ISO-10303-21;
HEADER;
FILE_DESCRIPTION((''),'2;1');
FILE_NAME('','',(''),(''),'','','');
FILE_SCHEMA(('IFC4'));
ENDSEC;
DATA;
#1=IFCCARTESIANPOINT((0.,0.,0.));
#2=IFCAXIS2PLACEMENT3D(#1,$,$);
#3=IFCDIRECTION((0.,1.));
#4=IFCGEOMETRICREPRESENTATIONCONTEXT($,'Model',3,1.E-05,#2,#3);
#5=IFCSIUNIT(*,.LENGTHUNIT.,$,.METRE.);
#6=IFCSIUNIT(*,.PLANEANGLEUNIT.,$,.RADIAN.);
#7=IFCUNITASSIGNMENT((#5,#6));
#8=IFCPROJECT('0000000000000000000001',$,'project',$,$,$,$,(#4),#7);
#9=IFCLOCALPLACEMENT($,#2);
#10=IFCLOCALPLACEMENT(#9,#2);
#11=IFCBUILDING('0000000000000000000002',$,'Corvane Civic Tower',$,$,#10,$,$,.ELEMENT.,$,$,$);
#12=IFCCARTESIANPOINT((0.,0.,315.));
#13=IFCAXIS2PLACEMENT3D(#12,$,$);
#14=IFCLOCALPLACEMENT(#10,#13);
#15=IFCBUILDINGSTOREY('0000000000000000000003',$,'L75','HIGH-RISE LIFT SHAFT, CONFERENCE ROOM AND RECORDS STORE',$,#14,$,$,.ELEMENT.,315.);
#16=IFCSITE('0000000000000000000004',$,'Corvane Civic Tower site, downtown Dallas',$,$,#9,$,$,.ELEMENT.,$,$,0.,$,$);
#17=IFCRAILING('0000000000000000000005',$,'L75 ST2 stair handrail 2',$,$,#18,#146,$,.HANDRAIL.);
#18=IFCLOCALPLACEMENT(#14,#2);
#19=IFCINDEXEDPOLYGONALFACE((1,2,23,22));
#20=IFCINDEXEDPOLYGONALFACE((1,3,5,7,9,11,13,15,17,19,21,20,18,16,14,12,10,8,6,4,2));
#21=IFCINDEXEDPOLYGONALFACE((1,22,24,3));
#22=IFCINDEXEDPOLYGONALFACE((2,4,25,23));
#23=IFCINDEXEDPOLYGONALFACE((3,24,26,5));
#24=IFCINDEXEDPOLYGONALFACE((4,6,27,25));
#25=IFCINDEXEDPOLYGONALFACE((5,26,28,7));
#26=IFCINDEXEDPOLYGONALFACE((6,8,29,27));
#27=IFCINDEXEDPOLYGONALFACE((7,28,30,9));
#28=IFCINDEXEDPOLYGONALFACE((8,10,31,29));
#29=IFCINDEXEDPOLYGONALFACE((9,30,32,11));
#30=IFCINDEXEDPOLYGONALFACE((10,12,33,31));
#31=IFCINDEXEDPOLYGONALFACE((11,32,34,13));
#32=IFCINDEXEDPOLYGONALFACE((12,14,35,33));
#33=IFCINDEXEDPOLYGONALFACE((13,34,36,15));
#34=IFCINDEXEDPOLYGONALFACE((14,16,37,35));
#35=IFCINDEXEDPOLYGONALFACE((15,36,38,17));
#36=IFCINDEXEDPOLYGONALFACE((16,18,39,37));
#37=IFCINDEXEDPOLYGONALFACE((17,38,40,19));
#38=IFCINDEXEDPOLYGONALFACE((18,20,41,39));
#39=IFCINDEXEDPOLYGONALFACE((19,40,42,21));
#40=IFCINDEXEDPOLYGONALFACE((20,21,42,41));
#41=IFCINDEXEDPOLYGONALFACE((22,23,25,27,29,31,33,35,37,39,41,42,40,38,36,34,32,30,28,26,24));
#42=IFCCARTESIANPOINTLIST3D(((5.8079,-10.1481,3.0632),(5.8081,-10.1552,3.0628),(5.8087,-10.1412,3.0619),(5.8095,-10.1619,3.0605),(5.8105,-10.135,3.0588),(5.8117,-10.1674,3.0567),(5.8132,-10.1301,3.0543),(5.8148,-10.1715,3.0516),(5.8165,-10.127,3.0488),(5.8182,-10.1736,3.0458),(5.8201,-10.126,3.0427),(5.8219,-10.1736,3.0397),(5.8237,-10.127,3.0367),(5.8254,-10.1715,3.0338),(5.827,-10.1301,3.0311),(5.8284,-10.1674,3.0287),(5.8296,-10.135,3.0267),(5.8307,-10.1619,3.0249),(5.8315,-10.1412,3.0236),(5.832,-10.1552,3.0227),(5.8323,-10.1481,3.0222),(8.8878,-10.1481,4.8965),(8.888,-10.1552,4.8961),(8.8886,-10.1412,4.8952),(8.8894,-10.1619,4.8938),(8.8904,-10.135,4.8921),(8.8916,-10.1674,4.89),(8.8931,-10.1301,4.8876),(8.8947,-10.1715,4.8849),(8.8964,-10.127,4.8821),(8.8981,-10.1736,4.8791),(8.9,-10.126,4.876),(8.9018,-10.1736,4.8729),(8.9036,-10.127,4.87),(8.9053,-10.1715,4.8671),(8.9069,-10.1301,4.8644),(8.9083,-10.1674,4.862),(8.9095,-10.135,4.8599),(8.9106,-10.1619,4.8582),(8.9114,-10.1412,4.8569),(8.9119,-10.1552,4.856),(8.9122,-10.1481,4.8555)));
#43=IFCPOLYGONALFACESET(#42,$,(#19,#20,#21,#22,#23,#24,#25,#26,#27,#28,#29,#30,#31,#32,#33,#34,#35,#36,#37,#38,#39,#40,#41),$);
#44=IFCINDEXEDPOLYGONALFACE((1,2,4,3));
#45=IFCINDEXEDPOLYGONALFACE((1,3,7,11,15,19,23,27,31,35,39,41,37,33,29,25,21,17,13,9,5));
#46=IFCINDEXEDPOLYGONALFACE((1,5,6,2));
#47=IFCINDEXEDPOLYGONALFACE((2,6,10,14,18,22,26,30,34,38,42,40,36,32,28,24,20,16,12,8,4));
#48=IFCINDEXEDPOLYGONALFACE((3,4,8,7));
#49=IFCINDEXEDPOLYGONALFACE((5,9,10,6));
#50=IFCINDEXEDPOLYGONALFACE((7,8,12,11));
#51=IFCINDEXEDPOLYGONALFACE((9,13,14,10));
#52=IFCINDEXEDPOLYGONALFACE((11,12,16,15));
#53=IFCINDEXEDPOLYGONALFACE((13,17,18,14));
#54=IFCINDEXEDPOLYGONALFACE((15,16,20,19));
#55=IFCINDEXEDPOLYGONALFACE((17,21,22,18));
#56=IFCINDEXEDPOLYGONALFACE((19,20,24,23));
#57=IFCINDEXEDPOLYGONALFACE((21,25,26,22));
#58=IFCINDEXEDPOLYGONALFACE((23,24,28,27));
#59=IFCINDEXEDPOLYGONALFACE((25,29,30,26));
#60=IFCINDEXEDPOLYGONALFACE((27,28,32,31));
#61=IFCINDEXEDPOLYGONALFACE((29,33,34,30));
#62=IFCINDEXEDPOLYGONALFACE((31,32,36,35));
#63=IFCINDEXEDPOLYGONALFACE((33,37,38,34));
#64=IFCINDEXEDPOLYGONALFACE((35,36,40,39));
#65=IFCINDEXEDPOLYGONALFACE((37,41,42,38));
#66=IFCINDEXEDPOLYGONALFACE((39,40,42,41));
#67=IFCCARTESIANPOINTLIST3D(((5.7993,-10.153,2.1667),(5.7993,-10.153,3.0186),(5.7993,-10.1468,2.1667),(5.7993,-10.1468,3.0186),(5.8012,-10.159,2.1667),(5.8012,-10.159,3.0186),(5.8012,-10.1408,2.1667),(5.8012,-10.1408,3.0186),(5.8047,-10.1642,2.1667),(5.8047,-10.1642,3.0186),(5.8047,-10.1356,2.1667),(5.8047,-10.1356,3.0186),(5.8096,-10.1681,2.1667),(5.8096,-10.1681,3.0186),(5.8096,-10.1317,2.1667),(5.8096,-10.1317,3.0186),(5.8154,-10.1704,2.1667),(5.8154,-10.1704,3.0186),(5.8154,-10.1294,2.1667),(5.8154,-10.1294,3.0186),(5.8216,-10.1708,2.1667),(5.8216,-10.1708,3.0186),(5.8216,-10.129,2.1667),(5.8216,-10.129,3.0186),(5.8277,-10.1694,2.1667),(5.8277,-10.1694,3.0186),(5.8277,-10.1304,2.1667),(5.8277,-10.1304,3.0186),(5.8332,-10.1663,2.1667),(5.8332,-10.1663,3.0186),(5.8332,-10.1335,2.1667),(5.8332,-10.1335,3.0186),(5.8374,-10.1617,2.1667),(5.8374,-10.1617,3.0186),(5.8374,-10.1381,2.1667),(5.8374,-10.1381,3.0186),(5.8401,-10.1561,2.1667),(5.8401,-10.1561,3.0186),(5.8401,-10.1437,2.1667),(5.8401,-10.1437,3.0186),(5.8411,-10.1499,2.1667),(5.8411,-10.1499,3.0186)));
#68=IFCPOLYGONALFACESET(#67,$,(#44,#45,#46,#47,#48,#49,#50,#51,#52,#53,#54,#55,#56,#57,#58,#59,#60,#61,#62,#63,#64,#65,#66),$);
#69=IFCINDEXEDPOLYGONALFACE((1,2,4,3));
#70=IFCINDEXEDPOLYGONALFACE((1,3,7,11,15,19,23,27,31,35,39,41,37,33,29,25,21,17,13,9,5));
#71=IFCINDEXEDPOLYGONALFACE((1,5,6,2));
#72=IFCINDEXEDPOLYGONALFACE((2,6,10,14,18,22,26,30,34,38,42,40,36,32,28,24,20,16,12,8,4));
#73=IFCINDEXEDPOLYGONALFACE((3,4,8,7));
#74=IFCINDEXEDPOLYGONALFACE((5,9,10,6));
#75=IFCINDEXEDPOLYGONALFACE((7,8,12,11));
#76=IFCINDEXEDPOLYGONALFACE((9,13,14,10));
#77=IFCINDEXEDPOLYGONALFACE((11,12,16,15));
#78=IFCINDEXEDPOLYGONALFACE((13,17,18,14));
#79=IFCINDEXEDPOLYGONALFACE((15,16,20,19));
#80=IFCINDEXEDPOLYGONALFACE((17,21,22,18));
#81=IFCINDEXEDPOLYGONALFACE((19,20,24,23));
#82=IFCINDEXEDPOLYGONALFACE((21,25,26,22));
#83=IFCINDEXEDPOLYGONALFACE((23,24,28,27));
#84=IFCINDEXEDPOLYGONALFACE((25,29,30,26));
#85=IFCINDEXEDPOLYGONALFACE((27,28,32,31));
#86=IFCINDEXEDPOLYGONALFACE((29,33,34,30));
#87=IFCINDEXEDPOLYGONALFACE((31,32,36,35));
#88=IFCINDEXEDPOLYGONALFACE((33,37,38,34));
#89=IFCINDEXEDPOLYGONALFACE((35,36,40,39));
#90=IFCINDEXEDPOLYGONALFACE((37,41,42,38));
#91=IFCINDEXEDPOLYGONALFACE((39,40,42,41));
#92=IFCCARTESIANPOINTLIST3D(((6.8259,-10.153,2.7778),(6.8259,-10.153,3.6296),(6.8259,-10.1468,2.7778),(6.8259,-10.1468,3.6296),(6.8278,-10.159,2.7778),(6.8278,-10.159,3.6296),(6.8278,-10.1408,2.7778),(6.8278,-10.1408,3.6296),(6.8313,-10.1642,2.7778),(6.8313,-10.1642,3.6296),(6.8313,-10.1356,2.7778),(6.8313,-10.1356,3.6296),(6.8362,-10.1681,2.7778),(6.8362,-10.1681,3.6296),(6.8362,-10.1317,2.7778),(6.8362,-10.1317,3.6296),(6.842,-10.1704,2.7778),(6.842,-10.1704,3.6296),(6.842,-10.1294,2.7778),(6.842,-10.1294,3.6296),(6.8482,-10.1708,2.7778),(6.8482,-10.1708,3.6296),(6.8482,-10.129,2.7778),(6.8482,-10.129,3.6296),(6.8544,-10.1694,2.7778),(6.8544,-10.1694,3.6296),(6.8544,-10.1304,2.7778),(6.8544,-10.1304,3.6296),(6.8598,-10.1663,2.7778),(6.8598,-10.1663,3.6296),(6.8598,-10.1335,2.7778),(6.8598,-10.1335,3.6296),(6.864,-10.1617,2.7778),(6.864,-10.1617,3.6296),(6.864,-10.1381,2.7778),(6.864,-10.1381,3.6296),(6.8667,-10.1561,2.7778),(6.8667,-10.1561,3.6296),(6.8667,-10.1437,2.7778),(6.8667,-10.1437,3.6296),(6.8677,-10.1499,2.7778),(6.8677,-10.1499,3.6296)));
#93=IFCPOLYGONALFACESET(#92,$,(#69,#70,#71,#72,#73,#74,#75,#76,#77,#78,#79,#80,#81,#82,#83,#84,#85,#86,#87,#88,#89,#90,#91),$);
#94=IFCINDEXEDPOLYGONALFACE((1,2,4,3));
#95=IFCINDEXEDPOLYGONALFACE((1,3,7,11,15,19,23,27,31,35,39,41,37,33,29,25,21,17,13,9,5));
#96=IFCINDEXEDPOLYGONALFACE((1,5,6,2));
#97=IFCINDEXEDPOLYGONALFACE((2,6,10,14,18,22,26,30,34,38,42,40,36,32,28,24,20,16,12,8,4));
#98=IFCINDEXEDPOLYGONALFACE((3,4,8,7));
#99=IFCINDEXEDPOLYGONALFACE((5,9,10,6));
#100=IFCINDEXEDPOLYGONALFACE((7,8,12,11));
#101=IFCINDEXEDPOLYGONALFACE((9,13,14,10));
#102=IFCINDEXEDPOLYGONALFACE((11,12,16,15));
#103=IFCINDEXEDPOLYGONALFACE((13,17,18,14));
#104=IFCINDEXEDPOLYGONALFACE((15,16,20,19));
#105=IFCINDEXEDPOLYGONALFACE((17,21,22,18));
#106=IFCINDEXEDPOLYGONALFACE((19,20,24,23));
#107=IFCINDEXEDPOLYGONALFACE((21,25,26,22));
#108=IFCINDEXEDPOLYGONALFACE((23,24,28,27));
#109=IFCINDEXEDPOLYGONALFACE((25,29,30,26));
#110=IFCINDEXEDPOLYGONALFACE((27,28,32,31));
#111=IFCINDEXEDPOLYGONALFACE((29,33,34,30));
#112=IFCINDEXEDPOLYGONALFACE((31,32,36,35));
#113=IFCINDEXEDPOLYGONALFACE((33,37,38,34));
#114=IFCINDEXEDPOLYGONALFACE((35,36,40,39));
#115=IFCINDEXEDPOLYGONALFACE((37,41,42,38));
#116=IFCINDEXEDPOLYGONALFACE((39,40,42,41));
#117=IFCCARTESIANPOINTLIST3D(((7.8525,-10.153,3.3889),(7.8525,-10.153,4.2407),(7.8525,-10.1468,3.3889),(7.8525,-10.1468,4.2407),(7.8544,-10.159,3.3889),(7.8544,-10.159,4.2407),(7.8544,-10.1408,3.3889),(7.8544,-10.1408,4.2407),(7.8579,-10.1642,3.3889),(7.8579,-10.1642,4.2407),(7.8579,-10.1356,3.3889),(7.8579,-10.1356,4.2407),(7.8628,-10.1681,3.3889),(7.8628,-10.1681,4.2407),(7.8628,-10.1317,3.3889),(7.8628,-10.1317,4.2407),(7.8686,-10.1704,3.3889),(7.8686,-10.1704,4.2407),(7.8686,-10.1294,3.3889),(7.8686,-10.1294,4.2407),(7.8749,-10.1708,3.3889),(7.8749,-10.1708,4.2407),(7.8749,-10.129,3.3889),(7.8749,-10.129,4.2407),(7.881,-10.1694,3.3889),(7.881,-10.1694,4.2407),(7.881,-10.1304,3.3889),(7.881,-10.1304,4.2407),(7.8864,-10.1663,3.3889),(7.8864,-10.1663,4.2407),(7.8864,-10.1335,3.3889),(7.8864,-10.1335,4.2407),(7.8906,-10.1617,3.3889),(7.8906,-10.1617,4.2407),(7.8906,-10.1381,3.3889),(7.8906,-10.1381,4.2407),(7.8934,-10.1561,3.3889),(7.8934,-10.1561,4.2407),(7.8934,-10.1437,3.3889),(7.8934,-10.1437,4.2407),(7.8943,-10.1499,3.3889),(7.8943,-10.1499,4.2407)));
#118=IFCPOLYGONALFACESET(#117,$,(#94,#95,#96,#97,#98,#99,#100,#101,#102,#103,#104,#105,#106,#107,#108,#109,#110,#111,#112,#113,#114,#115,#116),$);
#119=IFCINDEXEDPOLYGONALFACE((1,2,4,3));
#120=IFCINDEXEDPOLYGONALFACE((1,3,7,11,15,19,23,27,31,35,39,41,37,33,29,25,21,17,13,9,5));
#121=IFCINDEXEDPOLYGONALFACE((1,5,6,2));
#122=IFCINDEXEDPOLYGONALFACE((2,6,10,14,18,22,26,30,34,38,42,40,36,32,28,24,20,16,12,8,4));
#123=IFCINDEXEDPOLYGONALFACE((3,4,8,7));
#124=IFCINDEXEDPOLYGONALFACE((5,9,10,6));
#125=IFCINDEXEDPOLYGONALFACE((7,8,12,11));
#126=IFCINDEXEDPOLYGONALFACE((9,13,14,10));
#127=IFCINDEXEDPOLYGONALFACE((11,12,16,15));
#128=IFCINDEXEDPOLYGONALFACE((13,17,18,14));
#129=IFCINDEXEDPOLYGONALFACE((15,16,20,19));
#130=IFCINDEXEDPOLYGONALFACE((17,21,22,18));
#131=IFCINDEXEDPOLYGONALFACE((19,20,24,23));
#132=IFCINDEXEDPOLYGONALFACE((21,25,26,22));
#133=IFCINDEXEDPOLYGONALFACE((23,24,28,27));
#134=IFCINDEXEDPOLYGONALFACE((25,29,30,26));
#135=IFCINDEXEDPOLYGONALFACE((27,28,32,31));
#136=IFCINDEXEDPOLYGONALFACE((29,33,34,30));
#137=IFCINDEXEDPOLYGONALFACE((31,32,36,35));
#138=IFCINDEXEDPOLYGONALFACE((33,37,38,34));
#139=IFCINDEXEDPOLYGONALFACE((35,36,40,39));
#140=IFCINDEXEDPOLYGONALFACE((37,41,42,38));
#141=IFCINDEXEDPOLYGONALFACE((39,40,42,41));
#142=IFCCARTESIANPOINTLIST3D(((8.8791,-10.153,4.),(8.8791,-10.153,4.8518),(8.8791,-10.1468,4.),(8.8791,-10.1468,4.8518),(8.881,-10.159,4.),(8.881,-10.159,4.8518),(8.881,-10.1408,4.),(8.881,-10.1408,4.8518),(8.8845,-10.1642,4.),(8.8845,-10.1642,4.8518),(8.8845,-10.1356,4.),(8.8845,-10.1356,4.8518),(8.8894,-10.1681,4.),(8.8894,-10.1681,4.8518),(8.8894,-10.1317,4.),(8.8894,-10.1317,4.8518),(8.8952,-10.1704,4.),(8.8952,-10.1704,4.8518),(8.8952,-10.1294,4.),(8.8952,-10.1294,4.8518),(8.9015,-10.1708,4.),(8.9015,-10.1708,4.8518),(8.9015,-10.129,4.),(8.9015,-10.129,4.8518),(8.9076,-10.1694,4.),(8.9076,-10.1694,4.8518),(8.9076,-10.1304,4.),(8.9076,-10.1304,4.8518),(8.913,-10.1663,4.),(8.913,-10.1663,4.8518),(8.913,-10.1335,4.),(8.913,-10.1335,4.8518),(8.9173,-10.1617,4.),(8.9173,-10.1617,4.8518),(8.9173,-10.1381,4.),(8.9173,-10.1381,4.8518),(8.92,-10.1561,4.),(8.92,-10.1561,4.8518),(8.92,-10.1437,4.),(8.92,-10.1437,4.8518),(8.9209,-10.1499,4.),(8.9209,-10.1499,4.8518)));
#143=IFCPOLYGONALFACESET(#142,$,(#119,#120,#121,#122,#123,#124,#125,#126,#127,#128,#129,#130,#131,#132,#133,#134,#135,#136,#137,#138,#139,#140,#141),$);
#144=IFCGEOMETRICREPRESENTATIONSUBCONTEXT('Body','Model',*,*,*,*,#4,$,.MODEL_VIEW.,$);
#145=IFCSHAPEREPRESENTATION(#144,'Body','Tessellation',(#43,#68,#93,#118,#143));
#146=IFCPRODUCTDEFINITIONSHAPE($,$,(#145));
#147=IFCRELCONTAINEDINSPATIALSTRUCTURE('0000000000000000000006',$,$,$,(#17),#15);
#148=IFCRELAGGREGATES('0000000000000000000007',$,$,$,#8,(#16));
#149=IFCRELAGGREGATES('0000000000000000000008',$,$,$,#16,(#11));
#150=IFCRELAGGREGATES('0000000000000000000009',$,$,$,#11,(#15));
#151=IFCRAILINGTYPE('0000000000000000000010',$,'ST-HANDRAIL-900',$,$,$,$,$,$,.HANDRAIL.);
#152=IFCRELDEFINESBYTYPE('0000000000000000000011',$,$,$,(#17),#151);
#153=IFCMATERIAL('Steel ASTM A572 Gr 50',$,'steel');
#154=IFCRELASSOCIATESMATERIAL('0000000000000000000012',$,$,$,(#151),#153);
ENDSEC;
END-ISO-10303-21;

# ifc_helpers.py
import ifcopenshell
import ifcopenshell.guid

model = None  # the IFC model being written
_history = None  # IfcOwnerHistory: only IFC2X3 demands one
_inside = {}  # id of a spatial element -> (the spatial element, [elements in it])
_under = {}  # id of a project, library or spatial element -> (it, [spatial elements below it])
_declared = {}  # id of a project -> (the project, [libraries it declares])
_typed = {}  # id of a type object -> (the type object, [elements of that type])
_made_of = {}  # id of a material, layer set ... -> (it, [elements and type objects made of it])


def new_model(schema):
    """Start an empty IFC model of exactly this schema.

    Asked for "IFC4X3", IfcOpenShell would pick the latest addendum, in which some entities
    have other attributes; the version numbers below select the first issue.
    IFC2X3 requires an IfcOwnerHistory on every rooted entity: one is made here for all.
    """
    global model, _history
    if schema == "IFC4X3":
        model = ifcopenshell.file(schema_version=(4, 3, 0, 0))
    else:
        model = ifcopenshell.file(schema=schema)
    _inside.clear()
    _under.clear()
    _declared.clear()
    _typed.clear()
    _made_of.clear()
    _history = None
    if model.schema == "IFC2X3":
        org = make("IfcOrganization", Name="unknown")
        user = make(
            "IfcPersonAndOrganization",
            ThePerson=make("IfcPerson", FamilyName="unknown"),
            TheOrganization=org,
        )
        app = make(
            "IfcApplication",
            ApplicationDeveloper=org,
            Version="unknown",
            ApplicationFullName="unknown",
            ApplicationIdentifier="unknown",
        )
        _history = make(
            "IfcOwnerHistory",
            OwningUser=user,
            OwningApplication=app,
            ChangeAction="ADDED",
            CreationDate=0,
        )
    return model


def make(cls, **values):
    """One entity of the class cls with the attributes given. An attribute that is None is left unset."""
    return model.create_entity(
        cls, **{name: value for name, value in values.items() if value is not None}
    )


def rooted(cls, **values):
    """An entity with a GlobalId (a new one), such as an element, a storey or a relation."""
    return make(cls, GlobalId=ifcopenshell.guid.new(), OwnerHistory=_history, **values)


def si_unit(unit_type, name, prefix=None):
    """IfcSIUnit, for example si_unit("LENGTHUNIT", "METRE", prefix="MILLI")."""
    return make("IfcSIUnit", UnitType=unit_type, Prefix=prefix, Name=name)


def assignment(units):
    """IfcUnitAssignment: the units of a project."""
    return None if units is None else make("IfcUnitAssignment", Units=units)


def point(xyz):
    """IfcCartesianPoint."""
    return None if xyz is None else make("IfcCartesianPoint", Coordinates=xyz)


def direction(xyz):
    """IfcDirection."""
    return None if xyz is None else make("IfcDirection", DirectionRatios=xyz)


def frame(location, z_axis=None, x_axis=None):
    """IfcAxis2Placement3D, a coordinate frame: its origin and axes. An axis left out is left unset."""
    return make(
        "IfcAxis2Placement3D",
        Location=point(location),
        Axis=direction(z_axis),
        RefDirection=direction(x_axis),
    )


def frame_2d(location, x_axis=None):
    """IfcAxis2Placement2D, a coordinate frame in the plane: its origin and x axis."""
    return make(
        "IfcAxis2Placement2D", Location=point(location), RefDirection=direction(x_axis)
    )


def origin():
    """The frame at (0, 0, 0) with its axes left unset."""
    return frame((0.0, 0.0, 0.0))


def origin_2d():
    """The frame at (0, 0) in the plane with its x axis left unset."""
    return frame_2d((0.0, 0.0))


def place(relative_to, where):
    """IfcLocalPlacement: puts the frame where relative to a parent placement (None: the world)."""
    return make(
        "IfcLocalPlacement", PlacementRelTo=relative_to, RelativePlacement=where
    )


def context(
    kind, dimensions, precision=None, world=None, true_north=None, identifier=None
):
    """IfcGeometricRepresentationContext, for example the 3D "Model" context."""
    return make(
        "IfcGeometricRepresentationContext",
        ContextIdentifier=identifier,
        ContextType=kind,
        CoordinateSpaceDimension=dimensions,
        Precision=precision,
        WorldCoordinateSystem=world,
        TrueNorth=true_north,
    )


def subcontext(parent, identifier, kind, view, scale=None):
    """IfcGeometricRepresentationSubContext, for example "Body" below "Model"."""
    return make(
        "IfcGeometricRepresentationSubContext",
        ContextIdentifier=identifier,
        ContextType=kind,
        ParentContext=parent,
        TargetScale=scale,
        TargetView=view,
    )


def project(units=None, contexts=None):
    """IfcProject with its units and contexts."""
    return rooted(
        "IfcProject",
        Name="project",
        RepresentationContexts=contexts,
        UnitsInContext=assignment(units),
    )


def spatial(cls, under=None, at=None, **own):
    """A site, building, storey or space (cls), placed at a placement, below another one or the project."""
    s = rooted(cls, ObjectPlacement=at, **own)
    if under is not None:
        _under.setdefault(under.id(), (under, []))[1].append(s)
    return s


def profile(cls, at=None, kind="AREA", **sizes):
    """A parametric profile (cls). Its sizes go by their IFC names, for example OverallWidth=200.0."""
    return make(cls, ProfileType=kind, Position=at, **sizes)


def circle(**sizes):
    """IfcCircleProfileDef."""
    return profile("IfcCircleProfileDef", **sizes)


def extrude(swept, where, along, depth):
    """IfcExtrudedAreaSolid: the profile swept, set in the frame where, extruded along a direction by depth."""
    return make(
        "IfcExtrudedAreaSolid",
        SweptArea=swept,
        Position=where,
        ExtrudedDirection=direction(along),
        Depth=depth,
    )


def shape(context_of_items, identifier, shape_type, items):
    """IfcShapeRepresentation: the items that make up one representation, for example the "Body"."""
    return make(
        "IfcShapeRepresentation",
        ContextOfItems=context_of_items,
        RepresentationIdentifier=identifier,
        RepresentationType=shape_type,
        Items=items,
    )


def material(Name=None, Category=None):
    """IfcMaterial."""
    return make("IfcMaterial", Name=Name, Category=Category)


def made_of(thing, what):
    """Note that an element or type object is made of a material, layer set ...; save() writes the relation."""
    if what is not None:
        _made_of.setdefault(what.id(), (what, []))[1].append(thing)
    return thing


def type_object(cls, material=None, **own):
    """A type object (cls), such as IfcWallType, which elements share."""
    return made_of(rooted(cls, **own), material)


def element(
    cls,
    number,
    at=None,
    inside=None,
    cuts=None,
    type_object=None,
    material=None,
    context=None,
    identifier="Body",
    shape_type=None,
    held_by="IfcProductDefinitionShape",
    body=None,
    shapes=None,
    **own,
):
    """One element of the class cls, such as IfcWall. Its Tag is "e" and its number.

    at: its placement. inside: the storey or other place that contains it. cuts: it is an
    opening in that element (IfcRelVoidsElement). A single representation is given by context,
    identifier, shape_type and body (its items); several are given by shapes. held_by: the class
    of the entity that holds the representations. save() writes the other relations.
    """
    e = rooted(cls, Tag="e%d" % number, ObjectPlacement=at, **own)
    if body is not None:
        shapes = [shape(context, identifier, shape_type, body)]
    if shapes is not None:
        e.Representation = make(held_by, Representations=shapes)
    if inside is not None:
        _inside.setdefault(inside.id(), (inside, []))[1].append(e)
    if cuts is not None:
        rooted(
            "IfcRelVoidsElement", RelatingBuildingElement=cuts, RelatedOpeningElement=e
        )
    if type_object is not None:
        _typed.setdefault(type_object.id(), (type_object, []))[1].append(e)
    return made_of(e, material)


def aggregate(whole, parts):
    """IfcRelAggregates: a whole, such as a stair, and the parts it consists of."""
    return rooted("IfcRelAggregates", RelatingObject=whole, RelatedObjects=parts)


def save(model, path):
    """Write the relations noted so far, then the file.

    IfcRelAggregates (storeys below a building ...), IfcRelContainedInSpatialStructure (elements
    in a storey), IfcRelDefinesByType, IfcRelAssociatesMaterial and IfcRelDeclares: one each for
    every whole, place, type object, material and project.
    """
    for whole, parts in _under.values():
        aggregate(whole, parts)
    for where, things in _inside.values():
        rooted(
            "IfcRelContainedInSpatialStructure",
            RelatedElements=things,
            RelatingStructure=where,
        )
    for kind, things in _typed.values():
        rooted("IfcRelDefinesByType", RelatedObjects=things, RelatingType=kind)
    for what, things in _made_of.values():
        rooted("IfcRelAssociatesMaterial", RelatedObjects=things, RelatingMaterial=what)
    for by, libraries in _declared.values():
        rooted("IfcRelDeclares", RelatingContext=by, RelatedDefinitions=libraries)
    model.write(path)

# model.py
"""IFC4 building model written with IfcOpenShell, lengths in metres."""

from ifc_helpers import new_model, si_unit, direction, frame, origin, origin_2d, place, context, subcontext, project, spatial, circle, extrude, material, type_object, element, save


model = new_model("IFC4")

# Units and contexts
model_context = context("Model", 3, precision=1e-05, world=origin(), true_north=direction((0.0, 1.0)))
body_context = subcontext(model_context, "Body", "Model", "MODEL_VIEW")
ifc_project = project(units=[si_unit("LENGTHUNIT", "METRE"), si_unit("PLANEANGLEUNIT", "RADIAN")], contexts=[model_context])

# Site, building, storey
site_placement = place(None, origin())
site = spatial("IfcSite", under=ifc_project, at=site_placement, Name="Corvane Civic Tower site, downtown Dallas", CompositionType="ELEMENT", RefElevation=0.0)
building_placement = place(site_placement, origin())
building = spatial("IfcBuilding", under=site, at=building_placement, Name="Corvane Civic Tower", CompositionType="ELEMENT")
storey_placement = place(building_placement, frame((0.0, 0.0, 315.0)))
storey = spatial("IfcBuildingStorey", under=building, at=storey_placement, Name="L75", Description="HIGH-RISE LIFT SHAFT, CONFERENCE ROOM AND RECORDS STORE", CompositionType="ELEMENT", Elevation=315.0)

# Railing
ifc_material_1 = material(Name="Steel ASTM A572 Gr 50", Category="steel")
railing_type_1 = type_object("IfcRailingType", Name="ST-HANDRAIL-900", PredefinedType="HANDRAIL", material=ifc_material_1)
railing_1_placement = place(storey_placement, frame((5.8201, -10.1499, 2.1667)))
element("IfcRailing", 1, at=railing_1_placement, inside=storey, type_object=railing_type_1, Name="L75 ST2 stair handrail 2", PredefinedType="HANDRAIL", context=body_context, shape_type="SweptSolid", body=[
    extrude(circle(Radius=0.0239, at=origin_2d()), frame((0.0, 0.0, 0.876), z_axis=(0.859291, 0.0, 0.511487), x_axis=(0.0, 1.0, 0.0)), (0.0, 0.0, 1.0), 3.5842),
    extrude(circle(Radius=0.021, at=origin_2d()), origin(), (0.0, 0.0, 1.0), 0.8518),
    extrude(circle(Radius=0.021, at=origin_2d()), frame((1.0266, 0.0, 0.6111)), (0.0, 0.0, 1.0), 0.8518),
    extrude(circle(Radius=0.021, at=origin_2d()), frame((2.0532, 0.0, 1.2222)), (0.0, 0.0, 1.0), 0.8518),
    extrude(circle(Radius=0.021, at=origin_2d()), frame((3.0798, 0.0, 1.8333)), (0.0, 0.0, 1.0), 0.8518),
])

save(model, "model.ifc")
